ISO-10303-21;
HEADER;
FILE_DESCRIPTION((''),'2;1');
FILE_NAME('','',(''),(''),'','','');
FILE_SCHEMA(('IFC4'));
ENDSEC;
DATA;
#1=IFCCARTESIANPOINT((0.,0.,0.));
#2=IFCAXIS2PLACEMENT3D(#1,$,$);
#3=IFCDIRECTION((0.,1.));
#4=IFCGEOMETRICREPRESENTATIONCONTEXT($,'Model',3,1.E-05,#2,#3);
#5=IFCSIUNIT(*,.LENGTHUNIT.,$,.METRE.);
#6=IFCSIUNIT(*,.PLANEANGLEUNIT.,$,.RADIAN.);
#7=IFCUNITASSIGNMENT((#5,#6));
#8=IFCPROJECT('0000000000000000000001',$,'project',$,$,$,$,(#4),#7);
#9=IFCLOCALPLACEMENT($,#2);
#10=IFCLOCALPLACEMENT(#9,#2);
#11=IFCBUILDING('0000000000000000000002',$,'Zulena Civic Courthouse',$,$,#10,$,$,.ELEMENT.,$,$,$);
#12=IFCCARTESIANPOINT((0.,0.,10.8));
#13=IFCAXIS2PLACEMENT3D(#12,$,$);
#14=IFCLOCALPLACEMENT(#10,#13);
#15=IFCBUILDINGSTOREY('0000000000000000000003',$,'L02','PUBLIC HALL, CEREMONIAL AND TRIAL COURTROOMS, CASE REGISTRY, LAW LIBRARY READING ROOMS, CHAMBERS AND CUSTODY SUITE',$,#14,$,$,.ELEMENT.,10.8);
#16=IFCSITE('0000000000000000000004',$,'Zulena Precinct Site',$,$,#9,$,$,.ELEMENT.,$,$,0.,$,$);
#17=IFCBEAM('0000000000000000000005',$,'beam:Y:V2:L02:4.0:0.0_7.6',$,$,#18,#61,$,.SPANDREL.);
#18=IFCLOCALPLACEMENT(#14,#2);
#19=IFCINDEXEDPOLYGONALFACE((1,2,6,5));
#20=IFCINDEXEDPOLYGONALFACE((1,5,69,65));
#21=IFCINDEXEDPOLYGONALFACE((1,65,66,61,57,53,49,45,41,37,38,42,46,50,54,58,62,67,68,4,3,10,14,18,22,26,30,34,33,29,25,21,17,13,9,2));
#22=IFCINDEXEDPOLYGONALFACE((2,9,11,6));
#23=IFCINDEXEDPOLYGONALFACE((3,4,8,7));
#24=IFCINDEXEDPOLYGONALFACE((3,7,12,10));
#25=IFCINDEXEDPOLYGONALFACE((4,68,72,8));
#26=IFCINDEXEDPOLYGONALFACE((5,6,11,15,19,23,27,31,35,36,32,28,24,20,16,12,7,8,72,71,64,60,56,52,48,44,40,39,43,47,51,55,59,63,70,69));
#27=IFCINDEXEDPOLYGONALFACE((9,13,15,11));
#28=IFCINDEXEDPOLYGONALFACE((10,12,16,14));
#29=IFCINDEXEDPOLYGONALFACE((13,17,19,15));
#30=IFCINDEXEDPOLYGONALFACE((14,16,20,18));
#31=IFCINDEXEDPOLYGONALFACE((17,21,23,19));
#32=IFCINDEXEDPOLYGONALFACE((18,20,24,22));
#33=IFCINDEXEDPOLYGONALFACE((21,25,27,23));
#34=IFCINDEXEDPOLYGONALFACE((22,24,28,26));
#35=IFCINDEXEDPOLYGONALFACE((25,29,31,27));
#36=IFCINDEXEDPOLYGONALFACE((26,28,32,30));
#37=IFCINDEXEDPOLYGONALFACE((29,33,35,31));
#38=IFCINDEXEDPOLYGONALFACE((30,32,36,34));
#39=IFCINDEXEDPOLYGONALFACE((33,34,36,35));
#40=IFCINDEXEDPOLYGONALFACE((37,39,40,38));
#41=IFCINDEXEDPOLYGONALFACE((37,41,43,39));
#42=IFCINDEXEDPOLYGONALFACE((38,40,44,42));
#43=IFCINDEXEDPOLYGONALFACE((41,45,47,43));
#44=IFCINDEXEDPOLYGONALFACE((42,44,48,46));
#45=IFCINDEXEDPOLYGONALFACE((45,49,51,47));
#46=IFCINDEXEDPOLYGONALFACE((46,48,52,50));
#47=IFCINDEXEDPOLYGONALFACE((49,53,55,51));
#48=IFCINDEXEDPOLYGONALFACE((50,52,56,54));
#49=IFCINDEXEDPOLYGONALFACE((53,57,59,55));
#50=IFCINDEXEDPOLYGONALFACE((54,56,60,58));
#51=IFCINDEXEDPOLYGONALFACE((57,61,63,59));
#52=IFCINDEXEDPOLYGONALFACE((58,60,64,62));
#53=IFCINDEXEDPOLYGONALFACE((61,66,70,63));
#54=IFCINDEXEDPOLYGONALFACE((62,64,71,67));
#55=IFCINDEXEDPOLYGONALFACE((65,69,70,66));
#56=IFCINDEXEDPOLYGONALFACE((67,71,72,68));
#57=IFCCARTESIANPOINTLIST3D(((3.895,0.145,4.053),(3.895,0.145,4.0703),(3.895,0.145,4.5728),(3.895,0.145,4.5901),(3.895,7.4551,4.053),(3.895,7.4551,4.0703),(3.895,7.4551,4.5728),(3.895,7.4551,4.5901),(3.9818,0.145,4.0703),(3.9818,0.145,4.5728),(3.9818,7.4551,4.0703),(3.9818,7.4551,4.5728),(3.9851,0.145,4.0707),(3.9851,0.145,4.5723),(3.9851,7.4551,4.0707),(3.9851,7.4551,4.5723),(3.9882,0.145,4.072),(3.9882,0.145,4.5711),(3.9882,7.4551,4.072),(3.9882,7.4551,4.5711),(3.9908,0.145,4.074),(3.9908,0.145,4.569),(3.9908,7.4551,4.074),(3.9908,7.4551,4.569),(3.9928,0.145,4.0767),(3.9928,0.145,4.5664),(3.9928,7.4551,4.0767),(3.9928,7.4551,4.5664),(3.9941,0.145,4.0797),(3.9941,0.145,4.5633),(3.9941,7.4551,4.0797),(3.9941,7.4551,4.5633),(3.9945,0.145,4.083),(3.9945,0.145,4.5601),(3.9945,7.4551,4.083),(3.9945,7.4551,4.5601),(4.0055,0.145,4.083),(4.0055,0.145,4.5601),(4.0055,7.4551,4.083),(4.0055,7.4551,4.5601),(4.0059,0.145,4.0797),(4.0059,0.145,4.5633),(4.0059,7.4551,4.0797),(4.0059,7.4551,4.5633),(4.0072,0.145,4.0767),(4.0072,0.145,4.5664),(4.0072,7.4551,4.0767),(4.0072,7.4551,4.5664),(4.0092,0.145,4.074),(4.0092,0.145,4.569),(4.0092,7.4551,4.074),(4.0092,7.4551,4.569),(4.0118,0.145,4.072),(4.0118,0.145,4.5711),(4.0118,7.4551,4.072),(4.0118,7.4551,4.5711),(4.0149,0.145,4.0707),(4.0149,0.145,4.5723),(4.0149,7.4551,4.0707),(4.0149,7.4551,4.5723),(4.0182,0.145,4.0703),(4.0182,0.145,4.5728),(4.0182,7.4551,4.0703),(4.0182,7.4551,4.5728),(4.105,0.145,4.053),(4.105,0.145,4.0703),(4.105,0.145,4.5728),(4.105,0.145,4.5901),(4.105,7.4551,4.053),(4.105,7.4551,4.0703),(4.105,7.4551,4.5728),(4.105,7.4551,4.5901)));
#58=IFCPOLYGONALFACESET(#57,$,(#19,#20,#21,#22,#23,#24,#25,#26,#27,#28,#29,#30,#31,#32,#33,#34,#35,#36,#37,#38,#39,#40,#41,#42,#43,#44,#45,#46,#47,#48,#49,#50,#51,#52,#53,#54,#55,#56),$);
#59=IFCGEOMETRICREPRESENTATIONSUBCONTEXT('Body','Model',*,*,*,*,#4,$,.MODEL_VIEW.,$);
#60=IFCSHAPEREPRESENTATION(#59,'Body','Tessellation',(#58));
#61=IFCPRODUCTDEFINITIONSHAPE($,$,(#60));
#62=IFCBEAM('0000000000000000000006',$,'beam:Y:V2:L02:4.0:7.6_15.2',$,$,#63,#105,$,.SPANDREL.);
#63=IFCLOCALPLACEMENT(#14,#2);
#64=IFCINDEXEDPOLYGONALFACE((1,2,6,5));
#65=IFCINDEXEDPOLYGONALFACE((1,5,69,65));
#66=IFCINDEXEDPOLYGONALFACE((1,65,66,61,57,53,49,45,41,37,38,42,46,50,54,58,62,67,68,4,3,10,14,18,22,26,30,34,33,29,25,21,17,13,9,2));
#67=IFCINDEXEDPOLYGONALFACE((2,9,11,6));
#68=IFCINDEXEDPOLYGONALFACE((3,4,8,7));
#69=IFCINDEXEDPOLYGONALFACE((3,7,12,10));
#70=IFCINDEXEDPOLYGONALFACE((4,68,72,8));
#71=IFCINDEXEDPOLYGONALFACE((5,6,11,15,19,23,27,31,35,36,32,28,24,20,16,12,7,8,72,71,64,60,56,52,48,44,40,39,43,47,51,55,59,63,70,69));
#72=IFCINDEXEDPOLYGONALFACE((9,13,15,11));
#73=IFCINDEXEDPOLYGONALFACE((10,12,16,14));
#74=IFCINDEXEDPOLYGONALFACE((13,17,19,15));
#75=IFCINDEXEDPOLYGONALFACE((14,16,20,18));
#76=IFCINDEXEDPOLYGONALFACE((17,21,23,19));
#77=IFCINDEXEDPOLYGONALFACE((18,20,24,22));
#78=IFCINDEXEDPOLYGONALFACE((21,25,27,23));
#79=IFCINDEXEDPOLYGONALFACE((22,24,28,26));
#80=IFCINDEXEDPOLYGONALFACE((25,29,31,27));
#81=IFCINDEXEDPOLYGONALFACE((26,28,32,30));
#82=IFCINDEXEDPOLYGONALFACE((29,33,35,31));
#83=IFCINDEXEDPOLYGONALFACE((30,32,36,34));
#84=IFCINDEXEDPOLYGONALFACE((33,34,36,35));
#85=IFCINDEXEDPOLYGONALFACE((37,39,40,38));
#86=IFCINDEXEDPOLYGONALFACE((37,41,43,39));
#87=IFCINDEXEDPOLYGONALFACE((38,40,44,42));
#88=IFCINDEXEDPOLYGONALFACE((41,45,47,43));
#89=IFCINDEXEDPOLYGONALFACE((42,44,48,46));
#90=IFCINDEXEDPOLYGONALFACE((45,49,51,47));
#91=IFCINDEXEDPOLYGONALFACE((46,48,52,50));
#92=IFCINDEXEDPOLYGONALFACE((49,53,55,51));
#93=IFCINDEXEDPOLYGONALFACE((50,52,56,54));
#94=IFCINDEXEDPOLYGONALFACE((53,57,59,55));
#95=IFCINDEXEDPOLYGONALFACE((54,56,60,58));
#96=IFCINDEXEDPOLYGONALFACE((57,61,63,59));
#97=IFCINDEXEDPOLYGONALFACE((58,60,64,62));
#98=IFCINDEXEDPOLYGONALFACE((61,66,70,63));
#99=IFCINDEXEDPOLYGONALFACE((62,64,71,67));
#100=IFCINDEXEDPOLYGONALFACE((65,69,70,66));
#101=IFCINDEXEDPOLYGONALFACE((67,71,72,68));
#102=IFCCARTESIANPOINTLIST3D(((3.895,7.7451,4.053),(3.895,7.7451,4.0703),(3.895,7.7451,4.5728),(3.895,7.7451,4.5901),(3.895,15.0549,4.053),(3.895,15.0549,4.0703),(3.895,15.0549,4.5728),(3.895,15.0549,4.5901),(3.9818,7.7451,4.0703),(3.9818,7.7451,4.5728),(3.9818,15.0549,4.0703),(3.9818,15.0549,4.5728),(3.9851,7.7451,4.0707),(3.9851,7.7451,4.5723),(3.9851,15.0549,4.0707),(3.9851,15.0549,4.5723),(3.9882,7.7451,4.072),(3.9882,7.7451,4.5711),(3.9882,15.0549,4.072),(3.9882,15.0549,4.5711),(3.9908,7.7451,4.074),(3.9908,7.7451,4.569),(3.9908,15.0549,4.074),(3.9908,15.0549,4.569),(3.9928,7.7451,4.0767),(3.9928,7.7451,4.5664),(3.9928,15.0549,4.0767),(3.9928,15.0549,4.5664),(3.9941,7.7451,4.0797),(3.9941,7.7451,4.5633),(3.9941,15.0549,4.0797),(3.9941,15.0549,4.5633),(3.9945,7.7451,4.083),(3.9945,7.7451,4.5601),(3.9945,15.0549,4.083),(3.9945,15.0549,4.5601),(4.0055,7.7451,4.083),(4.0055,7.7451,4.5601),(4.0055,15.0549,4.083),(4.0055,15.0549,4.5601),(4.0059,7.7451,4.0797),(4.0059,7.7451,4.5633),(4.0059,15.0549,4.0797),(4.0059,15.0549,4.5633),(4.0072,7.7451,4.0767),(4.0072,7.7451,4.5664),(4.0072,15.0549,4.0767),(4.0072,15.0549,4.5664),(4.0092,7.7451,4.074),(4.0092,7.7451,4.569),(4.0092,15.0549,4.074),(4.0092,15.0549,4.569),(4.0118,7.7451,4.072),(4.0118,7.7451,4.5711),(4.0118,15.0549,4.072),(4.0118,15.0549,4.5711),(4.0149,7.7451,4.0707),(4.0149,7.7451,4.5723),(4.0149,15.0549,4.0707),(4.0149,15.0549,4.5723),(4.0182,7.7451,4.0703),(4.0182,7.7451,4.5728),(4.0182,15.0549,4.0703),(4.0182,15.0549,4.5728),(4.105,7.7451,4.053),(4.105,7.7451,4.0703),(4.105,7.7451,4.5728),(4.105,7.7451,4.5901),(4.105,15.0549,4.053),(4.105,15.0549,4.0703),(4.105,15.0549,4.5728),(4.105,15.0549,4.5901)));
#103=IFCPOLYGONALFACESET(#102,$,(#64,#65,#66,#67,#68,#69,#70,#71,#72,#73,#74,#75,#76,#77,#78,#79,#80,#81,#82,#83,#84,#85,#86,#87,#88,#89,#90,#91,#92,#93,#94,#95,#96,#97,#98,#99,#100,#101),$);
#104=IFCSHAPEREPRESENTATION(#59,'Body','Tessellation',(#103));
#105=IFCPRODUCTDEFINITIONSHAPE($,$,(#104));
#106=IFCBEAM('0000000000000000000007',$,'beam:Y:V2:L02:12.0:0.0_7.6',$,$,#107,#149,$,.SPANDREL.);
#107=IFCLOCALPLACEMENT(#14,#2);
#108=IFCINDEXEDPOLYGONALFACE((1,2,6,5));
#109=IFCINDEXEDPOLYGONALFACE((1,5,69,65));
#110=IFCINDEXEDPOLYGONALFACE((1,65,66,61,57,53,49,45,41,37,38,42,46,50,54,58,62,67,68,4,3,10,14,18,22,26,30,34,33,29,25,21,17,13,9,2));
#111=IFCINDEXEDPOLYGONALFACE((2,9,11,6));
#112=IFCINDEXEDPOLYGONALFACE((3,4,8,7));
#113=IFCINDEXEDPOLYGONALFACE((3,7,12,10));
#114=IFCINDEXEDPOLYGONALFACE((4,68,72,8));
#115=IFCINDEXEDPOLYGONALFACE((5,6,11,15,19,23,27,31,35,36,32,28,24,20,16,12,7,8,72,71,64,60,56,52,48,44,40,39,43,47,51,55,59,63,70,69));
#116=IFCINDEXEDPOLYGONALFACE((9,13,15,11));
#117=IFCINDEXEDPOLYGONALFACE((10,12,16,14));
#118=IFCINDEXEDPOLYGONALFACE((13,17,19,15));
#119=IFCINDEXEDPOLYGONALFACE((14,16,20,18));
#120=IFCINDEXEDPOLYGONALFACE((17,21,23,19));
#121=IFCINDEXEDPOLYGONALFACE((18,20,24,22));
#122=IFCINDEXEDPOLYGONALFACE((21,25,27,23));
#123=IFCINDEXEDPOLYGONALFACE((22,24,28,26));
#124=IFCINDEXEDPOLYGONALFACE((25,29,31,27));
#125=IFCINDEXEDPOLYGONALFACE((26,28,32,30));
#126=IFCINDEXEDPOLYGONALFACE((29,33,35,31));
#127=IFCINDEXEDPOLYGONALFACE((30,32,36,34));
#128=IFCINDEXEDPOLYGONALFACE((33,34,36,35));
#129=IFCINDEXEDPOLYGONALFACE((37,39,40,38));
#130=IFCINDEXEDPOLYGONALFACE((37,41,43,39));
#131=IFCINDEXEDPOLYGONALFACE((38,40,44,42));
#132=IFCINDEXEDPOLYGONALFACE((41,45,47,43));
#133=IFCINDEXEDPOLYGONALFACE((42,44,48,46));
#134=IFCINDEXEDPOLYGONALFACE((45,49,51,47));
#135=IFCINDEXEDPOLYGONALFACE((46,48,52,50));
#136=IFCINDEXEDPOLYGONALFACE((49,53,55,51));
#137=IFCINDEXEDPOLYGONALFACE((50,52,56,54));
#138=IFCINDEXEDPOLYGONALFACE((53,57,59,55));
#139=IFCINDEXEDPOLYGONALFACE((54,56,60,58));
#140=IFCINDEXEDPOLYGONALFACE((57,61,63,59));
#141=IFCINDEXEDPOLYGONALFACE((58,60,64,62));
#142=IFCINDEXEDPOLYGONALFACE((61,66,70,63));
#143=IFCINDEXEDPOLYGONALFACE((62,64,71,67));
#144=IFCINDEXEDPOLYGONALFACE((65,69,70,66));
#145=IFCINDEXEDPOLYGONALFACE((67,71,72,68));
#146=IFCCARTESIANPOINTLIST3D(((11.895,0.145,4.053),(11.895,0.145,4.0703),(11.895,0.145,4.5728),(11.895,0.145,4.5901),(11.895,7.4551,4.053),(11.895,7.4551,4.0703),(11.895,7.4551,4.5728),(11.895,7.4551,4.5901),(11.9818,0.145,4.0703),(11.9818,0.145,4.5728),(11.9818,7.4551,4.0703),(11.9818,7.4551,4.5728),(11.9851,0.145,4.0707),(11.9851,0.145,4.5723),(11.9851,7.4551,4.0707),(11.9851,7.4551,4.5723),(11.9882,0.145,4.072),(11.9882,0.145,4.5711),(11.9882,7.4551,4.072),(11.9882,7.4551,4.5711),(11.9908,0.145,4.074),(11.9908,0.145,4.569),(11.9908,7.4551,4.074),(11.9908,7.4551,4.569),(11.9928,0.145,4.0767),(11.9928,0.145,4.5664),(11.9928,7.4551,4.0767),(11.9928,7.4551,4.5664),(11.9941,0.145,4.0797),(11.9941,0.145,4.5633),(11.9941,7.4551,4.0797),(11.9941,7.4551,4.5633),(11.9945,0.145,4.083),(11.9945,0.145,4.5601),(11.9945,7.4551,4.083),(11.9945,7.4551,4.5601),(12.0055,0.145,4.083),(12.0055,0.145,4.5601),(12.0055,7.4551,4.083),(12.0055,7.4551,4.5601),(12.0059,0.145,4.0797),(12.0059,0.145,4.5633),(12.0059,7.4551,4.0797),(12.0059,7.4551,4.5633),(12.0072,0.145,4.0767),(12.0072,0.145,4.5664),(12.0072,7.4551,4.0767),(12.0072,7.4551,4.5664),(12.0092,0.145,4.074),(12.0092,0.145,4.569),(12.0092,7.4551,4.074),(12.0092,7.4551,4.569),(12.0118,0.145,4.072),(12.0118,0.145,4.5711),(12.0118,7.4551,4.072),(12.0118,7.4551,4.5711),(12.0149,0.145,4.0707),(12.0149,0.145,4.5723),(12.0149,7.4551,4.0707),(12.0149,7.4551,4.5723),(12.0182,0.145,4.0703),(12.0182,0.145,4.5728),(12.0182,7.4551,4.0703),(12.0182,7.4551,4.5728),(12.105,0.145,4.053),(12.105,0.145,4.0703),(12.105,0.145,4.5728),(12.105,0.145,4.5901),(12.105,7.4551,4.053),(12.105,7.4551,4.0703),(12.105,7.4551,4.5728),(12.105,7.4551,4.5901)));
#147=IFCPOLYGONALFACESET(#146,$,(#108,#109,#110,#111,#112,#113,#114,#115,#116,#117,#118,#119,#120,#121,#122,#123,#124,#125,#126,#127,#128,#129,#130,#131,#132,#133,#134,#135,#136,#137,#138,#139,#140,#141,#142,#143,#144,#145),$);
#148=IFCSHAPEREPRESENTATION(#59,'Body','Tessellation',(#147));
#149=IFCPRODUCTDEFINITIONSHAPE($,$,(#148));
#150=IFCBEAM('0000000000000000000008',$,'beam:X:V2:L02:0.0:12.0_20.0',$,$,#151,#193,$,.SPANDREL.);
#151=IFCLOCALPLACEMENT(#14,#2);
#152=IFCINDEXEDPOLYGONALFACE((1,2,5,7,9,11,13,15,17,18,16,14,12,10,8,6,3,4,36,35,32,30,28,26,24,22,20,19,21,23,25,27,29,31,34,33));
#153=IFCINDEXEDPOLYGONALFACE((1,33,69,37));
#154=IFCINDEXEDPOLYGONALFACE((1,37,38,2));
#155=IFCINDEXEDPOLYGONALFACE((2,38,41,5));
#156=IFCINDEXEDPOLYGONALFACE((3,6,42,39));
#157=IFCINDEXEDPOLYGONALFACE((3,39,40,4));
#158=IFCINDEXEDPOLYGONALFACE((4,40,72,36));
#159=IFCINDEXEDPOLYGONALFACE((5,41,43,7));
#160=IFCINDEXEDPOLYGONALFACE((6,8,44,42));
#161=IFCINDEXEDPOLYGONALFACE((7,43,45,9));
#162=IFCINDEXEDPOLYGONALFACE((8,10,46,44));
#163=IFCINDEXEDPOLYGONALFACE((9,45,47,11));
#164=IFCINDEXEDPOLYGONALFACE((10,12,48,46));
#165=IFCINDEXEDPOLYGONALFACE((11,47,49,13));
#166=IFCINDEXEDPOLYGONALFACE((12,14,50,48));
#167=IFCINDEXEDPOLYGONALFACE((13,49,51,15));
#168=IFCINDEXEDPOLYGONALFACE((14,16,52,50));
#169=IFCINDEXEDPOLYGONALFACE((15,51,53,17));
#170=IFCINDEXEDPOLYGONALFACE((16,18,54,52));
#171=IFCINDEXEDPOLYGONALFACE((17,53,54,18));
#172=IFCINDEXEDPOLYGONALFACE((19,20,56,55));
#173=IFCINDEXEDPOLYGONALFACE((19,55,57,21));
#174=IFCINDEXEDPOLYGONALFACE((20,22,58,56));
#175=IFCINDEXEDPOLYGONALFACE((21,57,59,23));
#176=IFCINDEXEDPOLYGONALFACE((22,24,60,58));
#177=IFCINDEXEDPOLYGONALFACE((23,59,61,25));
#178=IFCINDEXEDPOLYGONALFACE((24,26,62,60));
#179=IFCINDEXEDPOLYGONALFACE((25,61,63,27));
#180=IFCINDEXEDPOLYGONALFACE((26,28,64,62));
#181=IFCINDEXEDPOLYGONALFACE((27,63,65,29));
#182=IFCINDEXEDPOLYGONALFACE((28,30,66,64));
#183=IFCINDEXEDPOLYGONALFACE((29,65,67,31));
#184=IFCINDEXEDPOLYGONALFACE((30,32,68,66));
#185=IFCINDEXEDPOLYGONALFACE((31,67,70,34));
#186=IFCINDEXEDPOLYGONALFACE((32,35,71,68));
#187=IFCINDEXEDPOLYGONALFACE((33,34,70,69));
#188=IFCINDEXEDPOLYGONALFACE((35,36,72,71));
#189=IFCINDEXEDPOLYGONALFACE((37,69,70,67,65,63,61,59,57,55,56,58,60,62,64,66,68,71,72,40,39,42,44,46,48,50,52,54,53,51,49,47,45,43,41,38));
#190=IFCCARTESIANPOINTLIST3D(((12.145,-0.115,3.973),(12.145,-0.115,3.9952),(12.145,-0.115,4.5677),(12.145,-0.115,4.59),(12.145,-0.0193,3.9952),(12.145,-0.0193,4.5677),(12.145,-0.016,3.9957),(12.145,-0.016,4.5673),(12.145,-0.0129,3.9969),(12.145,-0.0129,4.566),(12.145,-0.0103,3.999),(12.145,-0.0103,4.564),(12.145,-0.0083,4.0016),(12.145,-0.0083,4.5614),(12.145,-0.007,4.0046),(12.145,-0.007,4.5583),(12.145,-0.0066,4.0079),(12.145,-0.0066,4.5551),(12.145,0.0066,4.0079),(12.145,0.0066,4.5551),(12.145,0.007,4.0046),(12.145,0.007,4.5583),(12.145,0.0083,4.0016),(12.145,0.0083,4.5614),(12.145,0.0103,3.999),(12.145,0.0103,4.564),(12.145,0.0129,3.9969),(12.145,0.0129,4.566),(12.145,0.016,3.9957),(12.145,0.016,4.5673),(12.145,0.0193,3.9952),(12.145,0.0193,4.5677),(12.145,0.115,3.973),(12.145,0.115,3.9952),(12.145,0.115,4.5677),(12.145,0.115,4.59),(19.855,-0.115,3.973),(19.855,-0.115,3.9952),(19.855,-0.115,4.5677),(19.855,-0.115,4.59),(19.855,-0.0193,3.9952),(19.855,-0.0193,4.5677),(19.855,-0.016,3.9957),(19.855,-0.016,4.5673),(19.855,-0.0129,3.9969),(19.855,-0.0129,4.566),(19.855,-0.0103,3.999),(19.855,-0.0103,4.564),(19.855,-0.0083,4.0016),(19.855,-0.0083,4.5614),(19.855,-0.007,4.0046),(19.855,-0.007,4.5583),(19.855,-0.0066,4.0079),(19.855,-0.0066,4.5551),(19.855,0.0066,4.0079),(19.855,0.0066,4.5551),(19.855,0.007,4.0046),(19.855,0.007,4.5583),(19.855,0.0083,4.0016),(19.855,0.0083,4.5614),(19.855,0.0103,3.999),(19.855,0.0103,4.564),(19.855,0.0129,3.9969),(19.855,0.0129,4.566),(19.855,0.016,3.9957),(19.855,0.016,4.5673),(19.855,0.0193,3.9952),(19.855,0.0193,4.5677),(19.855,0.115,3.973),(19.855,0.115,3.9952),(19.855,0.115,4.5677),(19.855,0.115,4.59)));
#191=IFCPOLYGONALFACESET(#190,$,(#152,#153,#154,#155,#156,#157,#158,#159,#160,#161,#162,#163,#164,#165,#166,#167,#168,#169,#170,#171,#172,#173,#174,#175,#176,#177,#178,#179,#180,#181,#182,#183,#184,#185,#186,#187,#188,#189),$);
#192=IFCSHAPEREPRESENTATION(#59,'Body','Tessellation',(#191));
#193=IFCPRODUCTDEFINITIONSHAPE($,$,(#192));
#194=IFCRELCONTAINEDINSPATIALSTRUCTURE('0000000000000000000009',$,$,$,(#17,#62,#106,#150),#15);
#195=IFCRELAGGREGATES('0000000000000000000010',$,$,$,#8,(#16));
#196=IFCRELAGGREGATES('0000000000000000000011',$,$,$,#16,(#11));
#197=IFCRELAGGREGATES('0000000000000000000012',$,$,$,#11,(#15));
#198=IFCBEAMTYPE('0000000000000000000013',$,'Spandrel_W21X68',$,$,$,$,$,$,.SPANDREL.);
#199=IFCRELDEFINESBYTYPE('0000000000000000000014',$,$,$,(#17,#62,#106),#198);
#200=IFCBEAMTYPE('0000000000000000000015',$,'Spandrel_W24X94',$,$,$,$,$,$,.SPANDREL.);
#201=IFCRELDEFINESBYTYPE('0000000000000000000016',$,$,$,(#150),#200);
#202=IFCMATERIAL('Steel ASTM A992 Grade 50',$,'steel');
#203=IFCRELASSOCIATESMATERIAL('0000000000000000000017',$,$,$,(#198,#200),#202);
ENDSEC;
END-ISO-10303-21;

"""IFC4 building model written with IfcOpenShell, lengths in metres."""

from ifc_helpers import new_model, si_unit, direction, frame, origin, origin_2d, place, context, subcontext, project, spatial, i_section, extrude, material, material_profile, profile_set, type_object, element, save


model = new_model("IFC4")

# Units and contexts
model_context = context("Model", 3, precision=1e-05, world=origin(), true_north=direction((0.0, 1.0)))
body_context = subcontext(model_context, "Body", "Model", "MODEL_VIEW")
ifc_project = project(units=[si_unit("LENGTHUNIT", "METRE"), si_unit("PLANEANGLEUNIT", "RADIAN")], contexts=[model_context])

# Site, building, storey
site_placement = place(None, origin())
site = spatial("IfcSite", under=ifc_project, at=site_placement, Name="Zulena Precinct Site", CompositionType="ELEMENT", RefElevation=0.0)
building_placement = place(site_placement, origin())
building = spatial("IfcBuilding", under=site, at=building_placement, Name="Zulena Civic Courthouse", CompositionType="ELEMENT")
storey_placement = place(building_placement, frame((0.0, 0.0, 10.8)))
storey = spatial("IfcBuildingStorey", under=building, at=storey_placement, Name="L02", Description="PUBLIC HALL, CEREMONIAL AND TRIAL COURTROOMS, CASE REGISTRY, LAW LIBRARY READING ROOMS, CHAMBERS AND CUSTODY SUITE", CompositionType="ELEMENT", Elevation=10.8)

# Shared definitions
ifc_material_1 = material(Name="Steel ASTM A992 Grade 50", Category="steel")

# Beams
ifc_material_profile_1 = material_profile(ifc_material_1, i_section(OverallWidth=0.21, OverallDepth=0.5371, WebThickness=0.011, FlangeThickness=0.0173, FilletRadius=0.0127, at=origin_2d()), Name="W21X68")
ifc_profile_set_1 = profile_set([ifc_material_profile_1], Name="Steel ASTM A992 Grade 50")
beam_type_1 = type_object("IfcBeamType", Name="Spandrel_W21X68", PredefinedType="SPANDREL", material=ifc_profile_set_1)
beam_1_placement = place(storey_placement, frame((4.0, 0.145, 4.3215), z_axis=(0.0, 1.0, 0.0), x_axis=(-1.0, 0.0, 0.0)))
element("IfcBeam", 1, at=beam_1_placement, inside=storey, type_object=beam_type_1, Name="beam:Y:V2:L02:4.0:0.0_7.6", PredefinedType="SPANDREL", context=body_context, shape_type="SweptSolid", body=[
    extrude(i_section(OverallWidth=0.21, OverallDepth=0.5371, WebThickness=0.011, FlangeThickness=0.0173, FilletRadius=0.0127, at=origin_2d()), origin(), (0.0, 0.0, 1.0), 7.3101),
])
beam_2_placement = place(storey_placement, frame((4.0, 7.7451, 4.3215), z_axis=(0.0, 1.0, 0.0), x_axis=(-1.0, 0.0, 0.0)))
element("IfcBeam", 2, at=beam_2_placement, inside=storey, type_object=beam_type_1, Name="beam:Y:V2:L02:4.0:7.6_15.2", PredefinedType="SPANDREL", context=body_context, shape_type="SweptSolid", body=[
    extrude(i_section(OverallWidth=0.21, OverallDepth=0.5371, WebThickness=0.011, FlangeThickness=0.0173, FilletRadius=0.0127, at=origin_2d()), origin(), (0.0, 0.0, 1.0), 7.3098),
])
beam_3_placement = place(storey_placement, frame((12.0, 0.145, 4.3215), z_axis=(0.0, 1.0, 0.0), x_axis=(-1.0, 0.0, 0.0)))
element("IfcBeam", 3, at=beam_3_placement, inside=storey, type_object=beam_type_1, Name="beam:Y:V2:L02:12.0:0.0_7.6", PredefinedType="SPANDREL", context=body_context, shape_type="SweptSolid", body=[
    extrude(i_section(OverallWidth=0.21, OverallDepth=0.5371, WebThickness=0.011, FlangeThickness=0.0173, FilletRadius=0.0127, at=origin_2d()), origin(), (0.0, 0.0, 1.0), 7.3101),
])
ifc_material_profile_2 = material_profile(ifc_material_1, i_section(OverallWidth=0.23, OverallDepth=0.6169, WebThickness=0.0132, FlangeThickness=0.0222, FilletRadius=0.0127, at=origin_2d()), Name="W24X94")
ifc_profile_set_2 = profile_set([ifc_material_profile_2], Name="Steel ASTM A992 Grade 50")
beam_type_2 = type_object("IfcBeamType", Name="Spandrel_W24X94", PredefinedType="SPANDREL", material=ifc_profile_set_2)
for number, where, z_axis, x_axis, name in (
    (4, (12.145, 0.0, 4.2815), (1.0, 0.0, 0.0), (0.0, 1.0, 0.0), "beam:X:V2:L02:0.0:12.0_20.0"),
):
    element("IfcBeam", number, at=place(storey_placement, frame(where, z_axis=z_axis, x_axis=x_axis)), inside=storey, type_object=beam_type_2, Name=name, PredefinedType="SPANDREL", context=body_context, shape_type="SweptSolid", body=[
        extrude(i_section(OverallWidth=0.23, OverallDepth=0.6169, WebThickness=0.0132, FlangeThickness=0.0222, FilletRadius=0.0127, at=origin_2d()), origin(), (0.0, 0.0, 1.0), 7.71),
    ])

save(model, "model.ifc")
